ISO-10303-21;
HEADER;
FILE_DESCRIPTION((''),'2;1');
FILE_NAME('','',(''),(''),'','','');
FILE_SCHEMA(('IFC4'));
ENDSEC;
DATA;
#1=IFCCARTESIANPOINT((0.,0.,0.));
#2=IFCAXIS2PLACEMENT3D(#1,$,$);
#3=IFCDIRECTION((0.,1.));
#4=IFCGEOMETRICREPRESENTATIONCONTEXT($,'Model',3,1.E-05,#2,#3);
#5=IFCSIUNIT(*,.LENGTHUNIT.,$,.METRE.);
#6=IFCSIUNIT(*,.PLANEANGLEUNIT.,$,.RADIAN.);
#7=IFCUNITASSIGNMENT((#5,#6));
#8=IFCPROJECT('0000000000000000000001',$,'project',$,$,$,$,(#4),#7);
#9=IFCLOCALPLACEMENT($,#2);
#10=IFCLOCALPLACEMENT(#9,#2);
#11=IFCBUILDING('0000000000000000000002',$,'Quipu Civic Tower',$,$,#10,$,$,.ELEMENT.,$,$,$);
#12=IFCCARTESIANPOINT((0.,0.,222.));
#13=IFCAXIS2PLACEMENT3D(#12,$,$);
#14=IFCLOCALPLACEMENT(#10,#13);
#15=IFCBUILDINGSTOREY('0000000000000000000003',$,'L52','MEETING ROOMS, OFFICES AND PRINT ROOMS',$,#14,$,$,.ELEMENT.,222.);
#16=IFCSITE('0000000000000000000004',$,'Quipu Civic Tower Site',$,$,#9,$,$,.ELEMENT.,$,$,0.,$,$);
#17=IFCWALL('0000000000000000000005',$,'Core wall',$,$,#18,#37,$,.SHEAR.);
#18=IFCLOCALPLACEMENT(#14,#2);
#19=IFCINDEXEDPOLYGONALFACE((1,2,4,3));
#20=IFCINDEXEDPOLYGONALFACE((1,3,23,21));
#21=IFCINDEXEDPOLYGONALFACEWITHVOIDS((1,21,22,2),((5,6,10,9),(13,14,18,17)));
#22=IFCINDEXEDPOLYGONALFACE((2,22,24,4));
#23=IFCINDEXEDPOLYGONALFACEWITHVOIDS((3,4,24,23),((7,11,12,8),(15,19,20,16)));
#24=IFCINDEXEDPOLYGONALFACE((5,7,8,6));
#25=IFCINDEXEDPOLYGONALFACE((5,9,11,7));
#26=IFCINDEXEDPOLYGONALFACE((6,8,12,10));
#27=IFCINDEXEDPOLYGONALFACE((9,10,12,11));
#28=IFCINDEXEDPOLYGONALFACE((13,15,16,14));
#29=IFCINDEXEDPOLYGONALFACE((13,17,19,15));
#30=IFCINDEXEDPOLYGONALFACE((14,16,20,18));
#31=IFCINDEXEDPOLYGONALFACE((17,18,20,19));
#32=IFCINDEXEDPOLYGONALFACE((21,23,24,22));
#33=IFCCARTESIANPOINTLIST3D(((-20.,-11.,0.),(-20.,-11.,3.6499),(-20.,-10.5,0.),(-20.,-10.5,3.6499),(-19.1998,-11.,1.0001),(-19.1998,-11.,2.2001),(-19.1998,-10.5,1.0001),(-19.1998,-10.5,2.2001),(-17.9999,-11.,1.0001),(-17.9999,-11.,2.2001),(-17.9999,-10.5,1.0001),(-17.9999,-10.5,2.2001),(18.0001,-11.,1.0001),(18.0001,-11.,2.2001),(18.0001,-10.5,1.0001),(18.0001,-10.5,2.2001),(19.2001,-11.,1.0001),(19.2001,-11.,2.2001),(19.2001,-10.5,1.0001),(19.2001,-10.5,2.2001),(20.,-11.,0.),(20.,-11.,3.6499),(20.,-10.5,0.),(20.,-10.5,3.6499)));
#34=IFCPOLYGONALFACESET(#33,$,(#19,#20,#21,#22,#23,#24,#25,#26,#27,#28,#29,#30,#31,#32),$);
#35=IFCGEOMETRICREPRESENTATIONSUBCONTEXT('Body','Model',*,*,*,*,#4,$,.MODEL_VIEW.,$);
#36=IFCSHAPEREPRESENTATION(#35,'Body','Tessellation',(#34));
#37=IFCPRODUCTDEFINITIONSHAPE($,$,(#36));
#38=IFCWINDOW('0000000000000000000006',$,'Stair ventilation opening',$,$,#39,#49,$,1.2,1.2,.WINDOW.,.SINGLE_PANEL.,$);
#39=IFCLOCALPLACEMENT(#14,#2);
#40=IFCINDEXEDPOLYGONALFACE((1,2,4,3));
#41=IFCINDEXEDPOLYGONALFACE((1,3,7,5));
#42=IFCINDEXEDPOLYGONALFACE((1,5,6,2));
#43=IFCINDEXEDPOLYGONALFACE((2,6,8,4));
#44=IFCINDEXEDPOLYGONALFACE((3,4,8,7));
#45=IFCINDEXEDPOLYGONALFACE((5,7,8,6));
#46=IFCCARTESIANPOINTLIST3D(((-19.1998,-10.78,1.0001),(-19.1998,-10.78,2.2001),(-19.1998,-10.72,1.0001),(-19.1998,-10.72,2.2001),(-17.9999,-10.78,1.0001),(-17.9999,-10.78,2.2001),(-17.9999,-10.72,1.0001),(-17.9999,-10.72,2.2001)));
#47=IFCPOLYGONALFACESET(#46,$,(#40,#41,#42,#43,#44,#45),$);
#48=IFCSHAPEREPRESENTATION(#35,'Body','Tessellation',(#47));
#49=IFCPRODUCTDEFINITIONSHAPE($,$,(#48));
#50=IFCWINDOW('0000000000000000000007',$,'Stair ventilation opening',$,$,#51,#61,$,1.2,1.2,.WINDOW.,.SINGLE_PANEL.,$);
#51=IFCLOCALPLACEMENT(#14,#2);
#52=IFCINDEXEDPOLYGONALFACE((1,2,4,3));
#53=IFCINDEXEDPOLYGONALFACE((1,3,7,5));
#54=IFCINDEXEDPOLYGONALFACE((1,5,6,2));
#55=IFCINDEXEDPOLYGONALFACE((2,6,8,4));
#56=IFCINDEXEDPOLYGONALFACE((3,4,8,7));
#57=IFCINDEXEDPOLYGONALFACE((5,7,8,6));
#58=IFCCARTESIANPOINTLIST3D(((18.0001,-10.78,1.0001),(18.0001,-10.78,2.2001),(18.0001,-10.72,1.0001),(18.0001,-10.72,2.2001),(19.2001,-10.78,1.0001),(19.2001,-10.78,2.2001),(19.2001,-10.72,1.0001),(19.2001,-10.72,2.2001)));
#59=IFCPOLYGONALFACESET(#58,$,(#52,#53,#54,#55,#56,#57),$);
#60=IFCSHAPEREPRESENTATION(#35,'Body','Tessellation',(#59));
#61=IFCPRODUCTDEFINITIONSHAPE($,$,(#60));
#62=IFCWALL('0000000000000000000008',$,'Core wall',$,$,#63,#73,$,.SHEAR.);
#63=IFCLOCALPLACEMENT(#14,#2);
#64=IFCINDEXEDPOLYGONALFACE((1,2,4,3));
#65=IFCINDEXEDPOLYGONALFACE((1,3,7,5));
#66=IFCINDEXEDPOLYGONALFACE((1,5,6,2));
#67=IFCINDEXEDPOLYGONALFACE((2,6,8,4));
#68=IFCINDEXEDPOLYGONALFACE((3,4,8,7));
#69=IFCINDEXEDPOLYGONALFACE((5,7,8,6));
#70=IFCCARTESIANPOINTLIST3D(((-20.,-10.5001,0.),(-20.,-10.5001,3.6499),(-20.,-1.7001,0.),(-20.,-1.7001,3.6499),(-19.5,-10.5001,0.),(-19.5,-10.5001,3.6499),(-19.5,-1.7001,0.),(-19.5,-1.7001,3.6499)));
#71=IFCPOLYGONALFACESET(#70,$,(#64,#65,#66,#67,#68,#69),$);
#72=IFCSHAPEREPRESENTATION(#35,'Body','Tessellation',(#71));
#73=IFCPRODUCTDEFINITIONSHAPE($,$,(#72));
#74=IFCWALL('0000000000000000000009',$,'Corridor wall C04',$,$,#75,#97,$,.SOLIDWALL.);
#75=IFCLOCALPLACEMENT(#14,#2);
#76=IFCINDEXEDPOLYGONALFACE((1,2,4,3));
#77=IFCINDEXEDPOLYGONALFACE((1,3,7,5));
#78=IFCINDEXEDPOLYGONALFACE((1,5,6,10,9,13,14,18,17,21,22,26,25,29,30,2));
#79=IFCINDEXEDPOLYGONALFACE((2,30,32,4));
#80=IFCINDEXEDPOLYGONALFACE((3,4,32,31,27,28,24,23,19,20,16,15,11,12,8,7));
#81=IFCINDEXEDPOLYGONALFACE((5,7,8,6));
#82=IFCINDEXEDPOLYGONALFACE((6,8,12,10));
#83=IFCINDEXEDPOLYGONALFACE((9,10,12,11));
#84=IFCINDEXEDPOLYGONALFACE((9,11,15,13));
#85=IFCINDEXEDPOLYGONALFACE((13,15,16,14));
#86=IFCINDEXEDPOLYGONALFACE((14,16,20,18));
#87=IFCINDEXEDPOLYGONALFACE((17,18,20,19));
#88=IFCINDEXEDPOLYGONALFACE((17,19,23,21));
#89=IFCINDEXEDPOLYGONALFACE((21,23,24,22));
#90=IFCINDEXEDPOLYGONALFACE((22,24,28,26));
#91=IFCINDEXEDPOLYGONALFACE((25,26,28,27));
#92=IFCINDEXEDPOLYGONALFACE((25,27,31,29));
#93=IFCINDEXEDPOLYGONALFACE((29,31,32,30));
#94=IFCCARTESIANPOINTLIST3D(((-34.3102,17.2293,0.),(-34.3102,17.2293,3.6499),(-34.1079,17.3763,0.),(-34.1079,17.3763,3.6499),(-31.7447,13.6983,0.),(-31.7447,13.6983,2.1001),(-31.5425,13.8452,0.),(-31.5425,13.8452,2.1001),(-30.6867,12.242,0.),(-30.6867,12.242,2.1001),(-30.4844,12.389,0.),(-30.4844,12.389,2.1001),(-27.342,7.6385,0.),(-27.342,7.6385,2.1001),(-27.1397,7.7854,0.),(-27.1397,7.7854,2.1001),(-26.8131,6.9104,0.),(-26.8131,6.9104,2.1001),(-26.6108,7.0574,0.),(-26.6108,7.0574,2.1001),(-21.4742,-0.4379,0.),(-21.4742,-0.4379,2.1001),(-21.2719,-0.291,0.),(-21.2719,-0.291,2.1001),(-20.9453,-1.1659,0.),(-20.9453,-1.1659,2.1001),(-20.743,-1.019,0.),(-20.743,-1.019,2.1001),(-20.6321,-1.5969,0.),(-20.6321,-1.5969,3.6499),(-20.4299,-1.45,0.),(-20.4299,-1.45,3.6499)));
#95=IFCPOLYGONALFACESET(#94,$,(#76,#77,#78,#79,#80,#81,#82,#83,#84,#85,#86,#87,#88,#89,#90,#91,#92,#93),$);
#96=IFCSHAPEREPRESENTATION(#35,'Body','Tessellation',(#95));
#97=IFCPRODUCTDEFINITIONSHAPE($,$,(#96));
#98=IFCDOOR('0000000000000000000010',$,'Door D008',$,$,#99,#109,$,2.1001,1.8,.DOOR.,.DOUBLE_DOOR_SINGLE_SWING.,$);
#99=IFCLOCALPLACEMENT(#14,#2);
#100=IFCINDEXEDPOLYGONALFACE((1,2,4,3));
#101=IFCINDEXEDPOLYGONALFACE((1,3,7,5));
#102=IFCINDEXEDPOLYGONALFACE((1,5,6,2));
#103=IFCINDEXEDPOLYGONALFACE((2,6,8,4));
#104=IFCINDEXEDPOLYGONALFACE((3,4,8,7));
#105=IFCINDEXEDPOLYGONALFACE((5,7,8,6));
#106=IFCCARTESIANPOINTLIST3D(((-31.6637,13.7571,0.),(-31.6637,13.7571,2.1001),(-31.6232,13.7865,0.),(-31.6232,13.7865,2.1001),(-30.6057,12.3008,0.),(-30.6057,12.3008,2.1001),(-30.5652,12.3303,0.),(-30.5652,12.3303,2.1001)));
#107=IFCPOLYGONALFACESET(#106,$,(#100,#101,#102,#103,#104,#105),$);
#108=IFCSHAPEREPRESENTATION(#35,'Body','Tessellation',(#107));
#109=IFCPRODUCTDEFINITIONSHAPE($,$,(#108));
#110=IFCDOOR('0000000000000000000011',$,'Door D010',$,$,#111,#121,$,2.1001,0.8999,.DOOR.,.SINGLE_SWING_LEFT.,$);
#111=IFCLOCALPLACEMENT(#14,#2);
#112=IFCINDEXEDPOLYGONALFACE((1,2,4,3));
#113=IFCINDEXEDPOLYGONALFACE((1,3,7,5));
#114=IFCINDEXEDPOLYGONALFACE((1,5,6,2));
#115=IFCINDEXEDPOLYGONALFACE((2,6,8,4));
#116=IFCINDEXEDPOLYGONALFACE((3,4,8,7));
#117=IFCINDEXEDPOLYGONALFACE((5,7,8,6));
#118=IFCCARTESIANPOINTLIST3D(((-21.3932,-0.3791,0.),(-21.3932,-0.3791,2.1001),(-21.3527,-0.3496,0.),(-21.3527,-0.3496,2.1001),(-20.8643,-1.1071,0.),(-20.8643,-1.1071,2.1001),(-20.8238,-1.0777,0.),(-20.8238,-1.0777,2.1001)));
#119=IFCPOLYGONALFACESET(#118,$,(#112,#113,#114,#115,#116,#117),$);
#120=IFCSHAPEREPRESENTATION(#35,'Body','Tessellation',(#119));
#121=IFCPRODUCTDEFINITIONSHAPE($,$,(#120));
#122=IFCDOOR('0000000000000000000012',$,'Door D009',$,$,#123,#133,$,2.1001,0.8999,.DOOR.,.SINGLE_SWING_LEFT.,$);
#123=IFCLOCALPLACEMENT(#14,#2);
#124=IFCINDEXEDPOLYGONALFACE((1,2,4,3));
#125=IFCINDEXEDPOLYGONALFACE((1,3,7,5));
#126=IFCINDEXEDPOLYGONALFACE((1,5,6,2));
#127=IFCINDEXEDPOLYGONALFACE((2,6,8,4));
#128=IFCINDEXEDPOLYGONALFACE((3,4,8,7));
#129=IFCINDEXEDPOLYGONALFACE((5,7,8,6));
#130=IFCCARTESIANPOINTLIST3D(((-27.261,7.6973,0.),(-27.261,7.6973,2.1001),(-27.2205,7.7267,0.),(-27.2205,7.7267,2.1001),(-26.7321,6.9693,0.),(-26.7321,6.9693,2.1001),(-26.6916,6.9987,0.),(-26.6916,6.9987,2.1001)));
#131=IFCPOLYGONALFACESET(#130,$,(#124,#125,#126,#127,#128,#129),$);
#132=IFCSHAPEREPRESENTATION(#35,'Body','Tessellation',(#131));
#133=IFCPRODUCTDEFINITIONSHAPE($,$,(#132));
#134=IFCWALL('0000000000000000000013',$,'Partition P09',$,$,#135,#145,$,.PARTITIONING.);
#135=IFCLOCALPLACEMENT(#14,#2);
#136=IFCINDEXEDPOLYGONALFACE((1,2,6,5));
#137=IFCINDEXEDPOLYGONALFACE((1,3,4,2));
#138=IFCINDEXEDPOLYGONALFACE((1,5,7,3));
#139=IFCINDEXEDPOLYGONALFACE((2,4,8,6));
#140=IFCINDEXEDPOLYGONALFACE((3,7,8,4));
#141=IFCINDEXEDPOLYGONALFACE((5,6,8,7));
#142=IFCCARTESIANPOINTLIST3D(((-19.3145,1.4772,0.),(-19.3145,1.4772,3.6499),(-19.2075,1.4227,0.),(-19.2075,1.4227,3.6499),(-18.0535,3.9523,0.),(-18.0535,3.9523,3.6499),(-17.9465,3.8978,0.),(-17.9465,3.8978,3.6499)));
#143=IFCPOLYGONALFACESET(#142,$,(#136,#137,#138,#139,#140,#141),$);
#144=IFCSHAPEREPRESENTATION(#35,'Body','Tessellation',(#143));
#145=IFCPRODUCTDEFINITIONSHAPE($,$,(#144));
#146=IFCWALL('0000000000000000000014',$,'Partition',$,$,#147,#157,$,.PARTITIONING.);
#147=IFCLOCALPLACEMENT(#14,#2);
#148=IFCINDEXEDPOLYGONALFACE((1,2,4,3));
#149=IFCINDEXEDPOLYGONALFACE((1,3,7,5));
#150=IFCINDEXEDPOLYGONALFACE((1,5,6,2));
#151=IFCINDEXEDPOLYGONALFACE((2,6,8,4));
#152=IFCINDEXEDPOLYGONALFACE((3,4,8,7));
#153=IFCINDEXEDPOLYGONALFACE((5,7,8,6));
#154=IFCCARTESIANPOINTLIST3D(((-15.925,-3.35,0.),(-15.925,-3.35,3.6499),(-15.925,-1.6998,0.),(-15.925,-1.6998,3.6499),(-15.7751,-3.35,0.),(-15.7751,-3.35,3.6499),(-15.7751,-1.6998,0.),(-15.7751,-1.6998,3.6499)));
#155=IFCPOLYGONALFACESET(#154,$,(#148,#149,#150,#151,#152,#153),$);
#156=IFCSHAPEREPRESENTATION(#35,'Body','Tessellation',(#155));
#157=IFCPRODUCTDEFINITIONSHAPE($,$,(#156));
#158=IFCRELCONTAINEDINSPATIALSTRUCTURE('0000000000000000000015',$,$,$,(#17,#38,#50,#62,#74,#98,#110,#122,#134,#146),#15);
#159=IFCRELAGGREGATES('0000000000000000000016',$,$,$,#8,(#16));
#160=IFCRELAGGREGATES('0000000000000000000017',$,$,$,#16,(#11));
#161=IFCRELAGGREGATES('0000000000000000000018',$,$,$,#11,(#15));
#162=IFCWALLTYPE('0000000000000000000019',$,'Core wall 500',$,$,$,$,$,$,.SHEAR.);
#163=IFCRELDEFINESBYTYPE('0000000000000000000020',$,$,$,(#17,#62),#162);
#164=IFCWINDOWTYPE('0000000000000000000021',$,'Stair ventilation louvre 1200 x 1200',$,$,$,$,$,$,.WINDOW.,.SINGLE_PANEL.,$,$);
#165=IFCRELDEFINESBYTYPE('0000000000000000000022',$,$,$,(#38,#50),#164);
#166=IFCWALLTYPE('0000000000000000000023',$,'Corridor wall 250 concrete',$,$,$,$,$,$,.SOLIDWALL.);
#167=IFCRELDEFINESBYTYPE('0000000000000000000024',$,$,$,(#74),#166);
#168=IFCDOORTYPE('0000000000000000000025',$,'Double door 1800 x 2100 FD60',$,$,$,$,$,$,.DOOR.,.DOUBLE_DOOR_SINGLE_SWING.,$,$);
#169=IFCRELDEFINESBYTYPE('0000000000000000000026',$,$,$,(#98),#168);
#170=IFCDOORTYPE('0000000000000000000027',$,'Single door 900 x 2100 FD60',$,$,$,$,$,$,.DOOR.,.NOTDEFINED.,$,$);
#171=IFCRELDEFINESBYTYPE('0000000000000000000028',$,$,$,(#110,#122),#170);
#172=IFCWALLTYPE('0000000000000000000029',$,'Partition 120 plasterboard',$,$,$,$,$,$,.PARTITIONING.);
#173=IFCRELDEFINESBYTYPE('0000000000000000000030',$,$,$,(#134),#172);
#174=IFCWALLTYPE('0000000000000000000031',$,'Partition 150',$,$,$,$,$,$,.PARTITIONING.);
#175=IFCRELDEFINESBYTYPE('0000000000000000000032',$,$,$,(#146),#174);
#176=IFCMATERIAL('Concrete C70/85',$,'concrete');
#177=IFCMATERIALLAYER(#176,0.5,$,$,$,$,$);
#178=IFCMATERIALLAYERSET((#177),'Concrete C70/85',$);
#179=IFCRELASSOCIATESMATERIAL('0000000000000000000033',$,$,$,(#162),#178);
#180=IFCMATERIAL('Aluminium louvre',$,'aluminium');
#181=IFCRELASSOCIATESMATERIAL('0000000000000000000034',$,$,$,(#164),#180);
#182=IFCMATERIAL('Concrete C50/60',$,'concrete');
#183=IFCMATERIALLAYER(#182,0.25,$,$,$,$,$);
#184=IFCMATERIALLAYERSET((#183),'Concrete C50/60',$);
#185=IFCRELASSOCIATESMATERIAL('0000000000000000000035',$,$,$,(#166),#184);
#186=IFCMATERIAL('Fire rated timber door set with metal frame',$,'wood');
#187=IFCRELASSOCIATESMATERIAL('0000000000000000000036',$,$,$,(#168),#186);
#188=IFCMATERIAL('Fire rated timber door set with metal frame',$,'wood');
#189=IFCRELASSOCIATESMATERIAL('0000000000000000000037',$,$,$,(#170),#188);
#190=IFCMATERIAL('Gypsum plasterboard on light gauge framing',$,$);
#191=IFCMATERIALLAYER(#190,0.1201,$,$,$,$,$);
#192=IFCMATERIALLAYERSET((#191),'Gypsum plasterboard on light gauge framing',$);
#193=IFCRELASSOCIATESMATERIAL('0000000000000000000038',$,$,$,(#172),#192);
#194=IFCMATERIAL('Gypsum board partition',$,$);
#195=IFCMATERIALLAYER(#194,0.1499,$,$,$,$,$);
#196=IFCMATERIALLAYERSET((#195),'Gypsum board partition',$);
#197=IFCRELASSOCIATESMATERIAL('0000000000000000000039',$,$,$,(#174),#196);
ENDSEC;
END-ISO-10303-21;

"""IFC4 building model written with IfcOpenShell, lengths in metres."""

from ifc_helpers import new_model, si_unit, direction, frame, frame_2d, origin, place, context, subcontext, project, spatial, rectangle, extrude, material, layer, layer_set, type_object, element, fill, save


model = new_model("IFC4")

# Units and contexts
model_context = context("Model", 3, precision=1e-05, world=origin(), true_north=direction((0.0, 1.0)))
body_context = subcontext(model_context, "Body", "Model", "MODEL_VIEW")
ifc_project = project(units=[si_unit("LENGTHUNIT", "METRE"), si_unit("PLANEANGLEUNIT", "RADIAN")], contexts=[model_context])

# Site, building, storey
site_placement = place(None, origin())
site = spatial("IfcSite", under=ifc_project, at=site_placement, Name="Quipu Civic Tower Site", CompositionType="ELEMENT", RefElevation=0.0)
building_placement = place(site_placement, origin())
building = spatial("IfcBuilding", under=site, at=building_placement, Name="Quipu Civic Tower", CompositionType="ELEMENT")
storey_placement = place(building_placement, frame((0.0, 0.0, 222.0)))
storey = spatial("IfcBuildingStorey", under=building, at=storey_placement, Name="L52", Description="MEETING ROOMS, OFFICES AND PRINT ROOMS", CompositionType="ELEMENT", Elevation=222.0)

# Wall, openings, windows
ifc_material_1 = material(Name="Concrete C70/85", Category="concrete")
ifc_layer_1 = layer(ifc_material_1, 0.5)
ifc_layer_set_1 = layer_set([ifc_layer_1], Name="Concrete C70/85")
wall_type_1 = type_object("IfcWallType", Name="Core wall 500", PredefinedType="SHEAR", material=ifc_layer_set_1)
wall_1_placement = place(storey_placement, frame((-20.0, -10.75, 0.0), z_axis=(0.0, 0.0, 1.0), x_axis=(1.0, 0.0, 0.0)))
wall_1 = element("IfcWall", 1, at=wall_1_placement, inside=storey, type_object=wall_type_1, Name="Core wall", PredefinedType="SHEAR", context=body_context, shape_type="SweptSolid", body=[
    extrude(rectangle(XDim=40.0, YDim=0.5, at=frame_2d((20.0, 0.0))), origin(), (0.0, 0.0, 1.0), 3.6499),
])
opening_1_placement = place(wall_1_placement, frame((0.8, 0.0, 1.0)))
opening_1 = element("IfcOpeningElement", 2, at=opening_1_placement, cuts=wall_1, PredefinedType="OPENING", context=body_context, shape_type="SweptSolid", body=[
    extrude(rectangle(XDim=1.2, YDim=1.2, at=frame_2d((0.6001, 0.6001))), frame((0.0, 0.26, 0.0), z_axis=(0.0, -1.0, 0.0), x_axis=(1.0, 0.0, 0.0)), (0.0, 0.0, 1.0), 0.52),
])
opening_2_placement = place(wall_1_placement, frame((38.0, 0.0, 1.0)))
opening_2 = element("IfcOpeningElement", 3, at=opening_2_placement, cuts=wall_1, PredefinedType="OPENING", context=body_context, shape_type="SweptSolid", body=[
    extrude(rectangle(XDim=1.2, YDim=1.2, at=frame_2d((0.6001, 0.6001))), frame((0.0, 0.26, 0.0), z_axis=(0.0, -1.0, 0.0), x_axis=(1.0, 0.0, 0.0)), (0.0, 0.0, 1.0), 0.52),
])
ifc_material_2 = material(Name="Aluminium louvre", Category="aluminium")
window_type = type_object("IfcWindowType", Name="Stair ventilation louvre 1200 x 1200", PartitioningType="SINGLE_PANEL", PredefinedType="WINDOW", material=ifc_material_2)
window_1_placement = place(opening_1_placement, origin())
window_1 = element("IfcWindow", 4, at=window_1_placement, inside=storey, type_object=window_type, Name="Stair ventilation opening", OverallHeight=1.2, OverallWidth=1.2, PartitioningType="SINGLE_PANEL", PredefinedType="WINDOW", context=body_context, shape_type="SweptSolid", body=[
    extrude(rectangle(XDim=1.2, YDim=1.2, at=frame_2d((0.6001, 0.6001))), frame((0.0, 0.03, 0.0), z_axis=(0.0, -1.0, 0.0), x_axis=(1.0, 0.0, 0.0)), (0.0, 0.0, 1.0), 0.0601),
])
fill(opening_1, window_1)
window_2_placement = place(opening_2_placement, origin())
window_2 = element("IfcWindow", 5, at=window_2_placement, inside=storey, type_object=window_type, Name="Stair ventilation opening", OverallHeight=1.2, OverallWidth=1.2, PartitioningType="SINGLE_PANEL", PredefinedType="WINDOW", context=body_context, shape_type="SweptSolid", body=[
    extrude(rectangle(XDim=1.2, YDim=1.2, at=frame_2d((0.6001, 0.6001))), frame((0.0, 0.03, 0.0), z_axis=(0.0, -1.0, 0.0), x_axis=(1.0, 0.0, 0.0)), (0.0, 0.0, 1.0), 0.0601),
])
fill(opening_2, window_2)

# Wall
wall_2_placement = place(storey_placement, frame((-19.75, -10.5, 0.0), z_axis=(0.0, 0.0, 1.0), x_axis=(0.0, 1.0, 0.0)))
element("IfcWall", 6, at=wall_2_placement, inside=storey, type_object=wall_type_1, Name="Core wall", PredefinedType="SHEAR", context=body_context, shape_type="SweptSolid", body=[
    extrude(rectangle(XDim=8.8, YDim=0.5, at=frame_2d((4.3999, 0.0))), origin(), (0.0, 0.0, 1.0), 3.6499),
])

# Wall, openings, doors
ifc_material_3 = material(Name="Concrete C50/60", Category="concrete")
ifc_layer_2 = layer(ifc_material_3, 0.25)
ifc_layer_set_2 = layer_set([ifc_layer_2], Name="Concrete C50/60")
wall_type_2 = type_object("IfcWallType", Name="Corridor wall 250 concrete", PredefinedType="SOLIDWALL", material=ifc_layer_set_2)
wall_3_placement = place(storey_placement, frame((-20.531, -1.5234, 0.0), z_axis=(0.0, 0.0, 1.0), x_axis=(-0.587784, 0.809018, 0.0)))
wall_3 = element("IfcWall", 7, at=wall_3_placement, inside=storey, type_object=wall_type_2, Name="Corridor wall C04", PredefinedType="SOLIDWALL", context=body_context, shape_type="SweptSolid", body=[
    extrude(rectangle(XDim=23.2705, YDim=0.25, at=frame_2d((11.6353, 0.0))), origin(), (0.0, 0.0, 1.0), 3.6499),
])
opening_3_placement = place(wall_3_placement, frame((0.5327, 0.0, 0.0)))
opening_3 = element("IfcOpeningElement", 8, at=opening_3_placement, cuts=wall_3, PredefinedType="OPENING", context=body_context, shape_type="SweptSolid", body=[
    extrude(rectangle(XDim=0.8999, YDim=2.1001, at=frame_2d((0.45, 1.05))), frame((0.0, 0.135, 0.0), z_axis=(0.0, -1.0, 0.0), x_axis=(1.0, 0.0, 0.0)), (0.0, 0.0, 1.0), 0.27),
])
opening_4_placement = place(wall_3_placement, frame((17.106, 0.0, 0.0)))
opening_4 = element("IfcOpeningElement", 9, at=opening_4_placement, cuts=wall_3, PredefinedType="OPENING", context=body_context, shape_type="SweptSolid", body=[
    extrude(rectangle(XDim=1.8, YDim=2.1001, at=frame_2d((0.8999, 1.05))), frame((0.0, 0.135, 0.0), z_axis=(0.0, -1.0, 0.0), x_axis=(1.0, 0.0, 0.0)), (0.0, 0.0, 1.0), 0.27),
])
opening_5_placement = place(wall_3_placement, frame((10.5156, 0.0, 0.0)))
opening_5 = element("IfcOpeningElement", 10, at=opening_5_placement, cuts=wall_3, PredefinedType="OPENING", context=body_context, shape_type="SweptSolid", body=[
    extrude(rectangle(XDim=0.8999, YDim=2.1001, at=frame_2d((0.45, 1.05))), frame((0.0, 0.135, 0.0), z_axis=(0.0, -1.0, 0.0), x_axis=(1.0, 0.0, 0.0)), (0.0, 0.0, 1.0), 0.27),
])
ifc_material_4 = material(Name="Fire rated timber door set with metal frame", Category="wood")
door_type_1 = type_object("IfcDoorType", Name="Double door 1800 x 2100 FD60", OperationType="DOUBLE_DOOR_SINGLE_SWING", PredefinedType="DOOR", material=ifc_material_4)
door_1_placement = place(opening_4_placement, origin())
door_1 = element("IfcDoor", 11, at=door_1_placement, inside=storey, type_object=door_type_1, Name="Door D008", OperationType="DOUBLE_DOOR_SINGLE_SWING", OverallHeight=2.1001, OverallWidth=1.8, PredefinedType="DOOR", context=body_context, shape_type="SweptSolid", body=[
    extrude(rectangle(XDim=1.8, YDim=2.1001, at=frame_2d((0.8999, 1.05))), frame((0.0, 0.0249, 0.0), z_axis=(0.0, -1.0, 0.0), x_axis=(1.0, 0.0, 0.0)), (0.0, 0.0, 1.0), 0.05),
])
fill(opening_4, door_1)
ifc_material_5 = material(Name="Fire rated timber door set with metal frame", Category="wood")
door_type_2 = type_object("IfcDoorType", Name="Single door 900 x 2100 FD60", OperationType="NOTDEFINED", PredefinedType="DOOR", material=ifc_material_5)
door_2_placement = place(opening_3_placement, origin())
door_2 = element("IfcDoor", 12, at=door_2_placement, inside=storey, type_object=door_type_2, Name="Door D010", OperationType="SINGLE_SWING_LEFT", OverallHeight=2.1001, OverallWidth=0.8999, PredefinedType="DOOR", context=body_context, shape_type="SweptSolid", body=[
    extrude(rectangle(XDim=0.8999, YDim=2.1001, at=frame_2d((0.45, 1.05))), frame((0.0, 0.0249, 0.0), z_axis=(0.0, -1.0, 0.0), x_axis=(1.0, 0.0, 0.0)), (0.0, 0.0, 1.0), 0.05),
])
fill(opening_3, door_2)
door_3_placement = place(opening_5_placement, origin())
door_3 = element("IfcDoor", 13, at=door_3_placement, inside=storey, type_object=door_type_2, Name="Door D009", OperationType="SINGLE_SWING_LEFT", OverallHeight=2.1001, OverallWidth=0.8999, PredefinedType="DOOR", context=body_context, shape_type="SweptSolid", body=[
    extrude(rectangle(XDim=0.8999, YDim=2.1001, at=frame_2d((0.45, 1.05))), frame((0.0, 0.0249, 0.0), z_axis=(0.0, -1.0, 0.0), x_axis=(1.0, 0.0, 0.0)), (0.0, 0.0, 1.0), 0.05),
])
fill(opening_5, door_3)

# Walls
ifc_material_6 = material(Name="Gypsum plasterboard on light gauge framing")
ifc_layer_3 = layer(ifc_material_6, 0.1201)
ifc_layer_set_3 = layer_set([ifc_layer_3], Name="Gypsum plasterboard on light gauge framing")
wall_type_3 = type_object("IfcWallType", Name="Partition 120 plasterboard", PredefinedType="PARTITIONING", material=ifc_layer_set_3)
wall_4_placement = place(storey_placement, frame((-19.261, 1.45, 0.0), z_axis=(0.0, 0.0, 1.0), x_axis=(0.453951, 0.891027, 0.0)))
element("IfcWall", 14, at=wall_4_placement, inside=storey, type_object=wall_type_3, Name="Partition P09", PredefinedType="PARTITIONING", context=body_context, shape_type="SweptSolid", body=[
    extrude(rectangle(XDim=2.7778, YDim=0.1201, at=frame_2d((1.3889, 0.0))), origin(), (0.0, 0.0, 1.0), 3.6499),
])
ifc_material_7 = material(Name="Gypsum board partition")
ifc_layer_4 = layer(ifc_material_7, 0.1499)
ifc_layer_set_4 = layer_set([ifc_layer_4], Name="Gypsum board partition")
wall_type_4 = type_object("IfcWallType", Name="Partition 150", PredefinedType="PARTITIONING", material=ifc_layer_set_4)
wall_5_placement = place(storey_placement, frame((-15.8501, -3.3501, 0.0), z_axis=(0.0, 0.0, 1.0), x_axis=(0.0, 1.0, 0.0)))
element("IfcWall", 15, at=wall_5_placement, inside=storey, type_object=wall_type_4, Name="Partition", PredefinedType="PARTITIONING", context=body_context, shape_type="SweptSolid", body=[
    extrude(rectangle(XDim=1.6501, YDim=0.1499, at=frame_2d((0.8252, 0.0))), origin(), (0.0, 0.0, 1.0), 3.6499),
])

save(model, "model.ifc")
